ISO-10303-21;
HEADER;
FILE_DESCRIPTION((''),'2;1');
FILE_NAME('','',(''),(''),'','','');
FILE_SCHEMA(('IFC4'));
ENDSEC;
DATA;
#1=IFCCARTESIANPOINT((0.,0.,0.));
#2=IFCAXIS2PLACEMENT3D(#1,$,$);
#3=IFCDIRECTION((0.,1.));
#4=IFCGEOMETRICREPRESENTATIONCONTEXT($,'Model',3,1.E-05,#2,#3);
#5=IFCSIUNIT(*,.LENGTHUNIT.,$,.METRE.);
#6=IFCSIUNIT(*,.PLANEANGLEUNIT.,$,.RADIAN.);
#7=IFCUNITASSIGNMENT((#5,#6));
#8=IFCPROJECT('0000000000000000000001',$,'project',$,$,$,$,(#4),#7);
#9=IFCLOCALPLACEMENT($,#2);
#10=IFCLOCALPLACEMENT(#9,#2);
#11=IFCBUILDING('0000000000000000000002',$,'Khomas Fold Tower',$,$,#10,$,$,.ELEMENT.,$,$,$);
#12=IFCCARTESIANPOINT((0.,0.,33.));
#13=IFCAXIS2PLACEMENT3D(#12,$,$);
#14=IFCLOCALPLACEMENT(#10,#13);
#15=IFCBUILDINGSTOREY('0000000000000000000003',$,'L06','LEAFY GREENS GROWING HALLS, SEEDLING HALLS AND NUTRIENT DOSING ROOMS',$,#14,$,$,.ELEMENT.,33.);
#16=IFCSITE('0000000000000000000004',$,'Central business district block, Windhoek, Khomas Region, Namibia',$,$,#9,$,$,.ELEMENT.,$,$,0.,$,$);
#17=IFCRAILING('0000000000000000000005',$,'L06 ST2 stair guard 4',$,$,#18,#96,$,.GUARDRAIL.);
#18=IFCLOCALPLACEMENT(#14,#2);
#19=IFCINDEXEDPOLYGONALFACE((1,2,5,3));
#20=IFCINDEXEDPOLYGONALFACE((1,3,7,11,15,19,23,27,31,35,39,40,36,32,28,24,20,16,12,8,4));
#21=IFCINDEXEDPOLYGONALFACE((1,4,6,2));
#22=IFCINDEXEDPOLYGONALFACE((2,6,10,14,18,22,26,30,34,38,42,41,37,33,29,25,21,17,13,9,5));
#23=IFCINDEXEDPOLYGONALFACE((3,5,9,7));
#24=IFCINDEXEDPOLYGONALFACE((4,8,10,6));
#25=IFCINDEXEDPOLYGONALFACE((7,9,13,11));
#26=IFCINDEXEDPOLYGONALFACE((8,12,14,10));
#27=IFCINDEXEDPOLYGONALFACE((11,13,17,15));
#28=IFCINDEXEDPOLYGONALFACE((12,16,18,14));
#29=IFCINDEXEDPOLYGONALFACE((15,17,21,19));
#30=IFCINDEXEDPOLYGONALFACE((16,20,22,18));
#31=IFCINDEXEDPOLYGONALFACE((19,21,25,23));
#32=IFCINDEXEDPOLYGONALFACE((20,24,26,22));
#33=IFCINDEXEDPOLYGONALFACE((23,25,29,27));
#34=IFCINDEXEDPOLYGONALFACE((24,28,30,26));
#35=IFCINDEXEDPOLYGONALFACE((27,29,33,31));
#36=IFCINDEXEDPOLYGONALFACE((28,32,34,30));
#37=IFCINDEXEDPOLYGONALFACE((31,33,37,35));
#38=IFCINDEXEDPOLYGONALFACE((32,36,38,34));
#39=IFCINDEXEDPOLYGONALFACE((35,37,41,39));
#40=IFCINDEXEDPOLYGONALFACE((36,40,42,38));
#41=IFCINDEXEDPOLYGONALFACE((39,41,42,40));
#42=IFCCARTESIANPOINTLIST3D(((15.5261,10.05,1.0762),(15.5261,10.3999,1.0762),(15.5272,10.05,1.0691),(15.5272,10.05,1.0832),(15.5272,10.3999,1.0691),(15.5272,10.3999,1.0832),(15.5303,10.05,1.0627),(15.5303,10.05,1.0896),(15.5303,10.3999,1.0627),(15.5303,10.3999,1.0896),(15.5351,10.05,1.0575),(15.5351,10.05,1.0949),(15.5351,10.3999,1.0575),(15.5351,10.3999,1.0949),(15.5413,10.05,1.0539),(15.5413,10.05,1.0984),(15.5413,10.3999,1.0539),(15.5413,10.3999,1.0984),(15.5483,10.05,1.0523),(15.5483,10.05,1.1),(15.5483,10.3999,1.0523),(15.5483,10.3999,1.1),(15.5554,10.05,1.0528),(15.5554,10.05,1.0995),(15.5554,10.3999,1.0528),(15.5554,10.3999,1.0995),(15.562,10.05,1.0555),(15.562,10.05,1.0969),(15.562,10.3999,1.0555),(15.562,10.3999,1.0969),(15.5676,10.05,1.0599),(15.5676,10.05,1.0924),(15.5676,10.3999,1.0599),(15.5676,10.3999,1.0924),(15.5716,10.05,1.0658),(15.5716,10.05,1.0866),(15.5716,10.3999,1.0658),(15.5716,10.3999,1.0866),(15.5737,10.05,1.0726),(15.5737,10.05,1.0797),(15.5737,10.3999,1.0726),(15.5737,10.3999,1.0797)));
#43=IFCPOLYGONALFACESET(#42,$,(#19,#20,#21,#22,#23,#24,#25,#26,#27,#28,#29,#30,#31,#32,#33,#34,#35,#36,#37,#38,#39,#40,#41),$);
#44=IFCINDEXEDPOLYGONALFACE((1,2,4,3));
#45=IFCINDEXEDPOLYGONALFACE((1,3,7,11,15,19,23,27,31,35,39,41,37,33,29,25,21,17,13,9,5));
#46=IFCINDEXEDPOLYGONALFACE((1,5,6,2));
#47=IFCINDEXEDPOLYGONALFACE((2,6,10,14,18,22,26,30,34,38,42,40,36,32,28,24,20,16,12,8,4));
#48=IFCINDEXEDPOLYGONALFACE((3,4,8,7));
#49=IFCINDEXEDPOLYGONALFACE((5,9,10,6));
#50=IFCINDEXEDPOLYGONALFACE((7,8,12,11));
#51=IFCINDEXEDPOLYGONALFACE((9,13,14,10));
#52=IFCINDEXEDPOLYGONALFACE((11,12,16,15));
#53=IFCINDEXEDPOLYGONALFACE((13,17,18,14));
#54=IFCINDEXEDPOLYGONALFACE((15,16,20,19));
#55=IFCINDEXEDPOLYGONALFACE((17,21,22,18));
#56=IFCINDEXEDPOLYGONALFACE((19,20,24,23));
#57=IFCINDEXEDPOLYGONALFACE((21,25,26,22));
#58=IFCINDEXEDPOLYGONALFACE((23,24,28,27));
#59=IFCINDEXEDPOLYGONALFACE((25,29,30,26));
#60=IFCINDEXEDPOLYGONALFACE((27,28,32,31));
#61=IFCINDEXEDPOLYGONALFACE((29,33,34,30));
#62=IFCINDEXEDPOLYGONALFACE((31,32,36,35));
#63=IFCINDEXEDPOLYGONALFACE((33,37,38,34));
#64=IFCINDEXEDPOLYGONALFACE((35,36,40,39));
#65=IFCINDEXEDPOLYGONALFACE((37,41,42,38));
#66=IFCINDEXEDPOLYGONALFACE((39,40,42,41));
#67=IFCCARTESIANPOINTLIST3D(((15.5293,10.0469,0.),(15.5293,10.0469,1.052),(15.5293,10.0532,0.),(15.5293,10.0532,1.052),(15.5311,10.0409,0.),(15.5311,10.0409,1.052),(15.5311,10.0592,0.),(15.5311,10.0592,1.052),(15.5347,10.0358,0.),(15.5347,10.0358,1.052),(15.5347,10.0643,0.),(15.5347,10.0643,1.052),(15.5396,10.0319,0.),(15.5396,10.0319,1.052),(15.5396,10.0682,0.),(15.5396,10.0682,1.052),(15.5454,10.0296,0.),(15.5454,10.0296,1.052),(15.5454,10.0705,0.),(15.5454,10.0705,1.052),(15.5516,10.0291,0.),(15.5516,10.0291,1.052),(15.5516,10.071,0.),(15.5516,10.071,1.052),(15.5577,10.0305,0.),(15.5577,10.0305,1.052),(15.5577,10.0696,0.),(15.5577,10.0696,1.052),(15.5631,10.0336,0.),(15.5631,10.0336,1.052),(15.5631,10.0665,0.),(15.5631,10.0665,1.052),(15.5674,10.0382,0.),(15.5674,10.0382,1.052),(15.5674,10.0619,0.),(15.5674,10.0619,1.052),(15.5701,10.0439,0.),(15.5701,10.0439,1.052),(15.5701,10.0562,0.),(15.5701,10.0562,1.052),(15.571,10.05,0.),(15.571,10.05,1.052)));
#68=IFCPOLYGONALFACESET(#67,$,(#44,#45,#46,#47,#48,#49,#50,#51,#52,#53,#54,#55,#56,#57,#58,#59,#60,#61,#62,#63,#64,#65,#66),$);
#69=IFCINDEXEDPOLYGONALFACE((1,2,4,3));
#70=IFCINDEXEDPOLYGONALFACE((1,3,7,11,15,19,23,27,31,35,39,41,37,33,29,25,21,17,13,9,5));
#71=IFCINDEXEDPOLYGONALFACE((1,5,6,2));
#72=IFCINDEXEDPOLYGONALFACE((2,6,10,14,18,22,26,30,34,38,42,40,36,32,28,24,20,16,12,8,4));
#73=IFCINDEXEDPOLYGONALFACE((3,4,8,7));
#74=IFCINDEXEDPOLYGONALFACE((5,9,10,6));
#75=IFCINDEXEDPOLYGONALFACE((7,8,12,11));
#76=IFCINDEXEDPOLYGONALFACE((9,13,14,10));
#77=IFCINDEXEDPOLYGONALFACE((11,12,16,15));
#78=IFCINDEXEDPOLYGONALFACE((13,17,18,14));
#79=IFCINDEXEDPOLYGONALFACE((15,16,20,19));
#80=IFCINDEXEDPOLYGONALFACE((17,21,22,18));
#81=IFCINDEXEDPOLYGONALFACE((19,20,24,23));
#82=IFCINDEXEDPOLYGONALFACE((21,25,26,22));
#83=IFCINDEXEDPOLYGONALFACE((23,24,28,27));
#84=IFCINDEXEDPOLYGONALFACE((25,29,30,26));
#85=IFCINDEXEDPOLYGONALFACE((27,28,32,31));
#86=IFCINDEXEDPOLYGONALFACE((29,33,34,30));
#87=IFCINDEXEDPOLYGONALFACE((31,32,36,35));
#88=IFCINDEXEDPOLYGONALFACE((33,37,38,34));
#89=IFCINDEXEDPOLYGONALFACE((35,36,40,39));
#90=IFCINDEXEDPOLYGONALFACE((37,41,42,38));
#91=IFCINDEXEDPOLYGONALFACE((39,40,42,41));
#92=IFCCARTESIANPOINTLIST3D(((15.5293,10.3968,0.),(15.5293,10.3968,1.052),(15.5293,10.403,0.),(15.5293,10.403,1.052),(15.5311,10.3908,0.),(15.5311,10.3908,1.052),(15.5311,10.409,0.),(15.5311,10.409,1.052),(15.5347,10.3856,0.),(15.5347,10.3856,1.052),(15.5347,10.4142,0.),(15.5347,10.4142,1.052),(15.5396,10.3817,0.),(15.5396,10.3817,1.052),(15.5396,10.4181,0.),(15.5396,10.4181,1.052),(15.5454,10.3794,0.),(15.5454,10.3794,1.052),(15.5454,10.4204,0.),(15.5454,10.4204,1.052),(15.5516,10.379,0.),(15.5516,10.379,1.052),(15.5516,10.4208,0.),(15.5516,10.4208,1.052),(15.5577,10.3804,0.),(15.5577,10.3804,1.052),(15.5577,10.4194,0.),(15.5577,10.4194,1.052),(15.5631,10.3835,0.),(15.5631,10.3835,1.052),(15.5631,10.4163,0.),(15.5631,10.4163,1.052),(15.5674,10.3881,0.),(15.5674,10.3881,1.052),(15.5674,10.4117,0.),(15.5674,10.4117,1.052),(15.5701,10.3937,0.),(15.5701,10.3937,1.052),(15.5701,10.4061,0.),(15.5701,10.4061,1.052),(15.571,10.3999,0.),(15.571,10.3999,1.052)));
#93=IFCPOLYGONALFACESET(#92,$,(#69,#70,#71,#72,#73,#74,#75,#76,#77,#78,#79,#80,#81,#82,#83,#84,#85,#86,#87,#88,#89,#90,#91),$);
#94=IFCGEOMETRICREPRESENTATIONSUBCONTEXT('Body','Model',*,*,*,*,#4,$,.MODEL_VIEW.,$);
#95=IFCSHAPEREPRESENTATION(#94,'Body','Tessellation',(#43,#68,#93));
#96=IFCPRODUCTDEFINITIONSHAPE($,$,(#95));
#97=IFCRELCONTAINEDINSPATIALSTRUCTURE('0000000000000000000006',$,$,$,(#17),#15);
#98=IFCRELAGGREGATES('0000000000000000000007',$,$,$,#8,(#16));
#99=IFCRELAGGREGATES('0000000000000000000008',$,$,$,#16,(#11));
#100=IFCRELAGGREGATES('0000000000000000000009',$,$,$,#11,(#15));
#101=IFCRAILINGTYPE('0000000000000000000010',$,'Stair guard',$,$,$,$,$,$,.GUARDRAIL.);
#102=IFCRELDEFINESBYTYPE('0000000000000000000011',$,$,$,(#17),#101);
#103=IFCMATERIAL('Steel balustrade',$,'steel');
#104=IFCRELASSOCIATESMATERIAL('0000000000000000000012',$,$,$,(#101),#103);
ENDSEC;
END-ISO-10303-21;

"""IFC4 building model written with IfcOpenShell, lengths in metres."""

from ifc_helpers import new_model, si_unit, direction, frame, origin, origin_2d, place, context, subcontext, project, spatial, circle, extrude, source, transform, mapped, material, type_object, element, save


model = new_model("IFC4")

# Units and contexts
model_context = context("Model", 3, precision=1e-05, world=origin(), true_north=direction((0.0, 1.0)))
body_context = subcontext(model_context, "Body", "Model", "MODEL_VIEW")
ifc_project = project(units=[si_unit("LENGTHUNIT", "METRE"), si_unit("PLANEANGLEUNIT", "RADIAN")], contexts=[model_context])

# Site, building, storey
site_placement = place(None, origin())
site = spatial("IfcSite", under=ifc_project, at=site_placement, Name="Central business district block, Windhoek, Khomas Region, Namibia", CompositionType="ELEMENT", RefElevation=0.0)
building_placement = place(site_placement, origin())
building = spatial("IfcBuilding", under=site, at=building_placement, Name="Khomas Fold Tower", CompositionType="ELEMENT")
storey_placement = place(building_placement, frame((0.0, 0.0, 33.0)))
storey = spatial("IfcBuildingStorey", under=building, at=storey_placement, Name="L06", Description="LEAFY GREENS GROWING HALLS, SEEDLING HALLS AND NUTRIENT DOSING ROOMS", CompositionType="ELEMENT", Elevation=33.0)

# Railing
ifc_material_1 = material(Name="Steel balustrade", Category="steel")
railing_type_1 = type_object("IfcRailingType", Name="Stair guard", PredefinedType="GUARDRAIL", material=ifc_material_1)
shared_shape_1 = source(origin(), body_context, "Body", "SweptSolid", [
    extrude(circle(Radius=0.0239, at=origin_2d()), frame((0.0, 0.0, 1.0762), z_axis=(0.0, 1.0, 0.0), x_axis=(-1.0, 0.0, 0.0)), (0.0, 0.0, 1.0), 0.3499),
    extrude(circle(Radius=0.021, at=origin_2d()), origin(), (0.0, 0.0, 1.0), 1.052),
    extrude(circle(Radius=0.021, at=origin_2d()), frame((0.0, 0.3499, 0.0)), (0.0, 0.0, 1.0), 1.052),
])
railing_1_placement = place(storey_placement, frame((15.55, 10.05, 0.0)))
element("IfcRailing", 1, at=railing_1_placement, inside=storey, type_object=railing_type_1, Name="L06 ST2 stair guard 4", PredefinedType="GUARDRAIL", context=body_context, shape_type="MappedRepresentation", body=[
    mapped(shared_shape_1, transform((0.0, 0.0, 0.0))),
])

save(model, "model.ifc")
